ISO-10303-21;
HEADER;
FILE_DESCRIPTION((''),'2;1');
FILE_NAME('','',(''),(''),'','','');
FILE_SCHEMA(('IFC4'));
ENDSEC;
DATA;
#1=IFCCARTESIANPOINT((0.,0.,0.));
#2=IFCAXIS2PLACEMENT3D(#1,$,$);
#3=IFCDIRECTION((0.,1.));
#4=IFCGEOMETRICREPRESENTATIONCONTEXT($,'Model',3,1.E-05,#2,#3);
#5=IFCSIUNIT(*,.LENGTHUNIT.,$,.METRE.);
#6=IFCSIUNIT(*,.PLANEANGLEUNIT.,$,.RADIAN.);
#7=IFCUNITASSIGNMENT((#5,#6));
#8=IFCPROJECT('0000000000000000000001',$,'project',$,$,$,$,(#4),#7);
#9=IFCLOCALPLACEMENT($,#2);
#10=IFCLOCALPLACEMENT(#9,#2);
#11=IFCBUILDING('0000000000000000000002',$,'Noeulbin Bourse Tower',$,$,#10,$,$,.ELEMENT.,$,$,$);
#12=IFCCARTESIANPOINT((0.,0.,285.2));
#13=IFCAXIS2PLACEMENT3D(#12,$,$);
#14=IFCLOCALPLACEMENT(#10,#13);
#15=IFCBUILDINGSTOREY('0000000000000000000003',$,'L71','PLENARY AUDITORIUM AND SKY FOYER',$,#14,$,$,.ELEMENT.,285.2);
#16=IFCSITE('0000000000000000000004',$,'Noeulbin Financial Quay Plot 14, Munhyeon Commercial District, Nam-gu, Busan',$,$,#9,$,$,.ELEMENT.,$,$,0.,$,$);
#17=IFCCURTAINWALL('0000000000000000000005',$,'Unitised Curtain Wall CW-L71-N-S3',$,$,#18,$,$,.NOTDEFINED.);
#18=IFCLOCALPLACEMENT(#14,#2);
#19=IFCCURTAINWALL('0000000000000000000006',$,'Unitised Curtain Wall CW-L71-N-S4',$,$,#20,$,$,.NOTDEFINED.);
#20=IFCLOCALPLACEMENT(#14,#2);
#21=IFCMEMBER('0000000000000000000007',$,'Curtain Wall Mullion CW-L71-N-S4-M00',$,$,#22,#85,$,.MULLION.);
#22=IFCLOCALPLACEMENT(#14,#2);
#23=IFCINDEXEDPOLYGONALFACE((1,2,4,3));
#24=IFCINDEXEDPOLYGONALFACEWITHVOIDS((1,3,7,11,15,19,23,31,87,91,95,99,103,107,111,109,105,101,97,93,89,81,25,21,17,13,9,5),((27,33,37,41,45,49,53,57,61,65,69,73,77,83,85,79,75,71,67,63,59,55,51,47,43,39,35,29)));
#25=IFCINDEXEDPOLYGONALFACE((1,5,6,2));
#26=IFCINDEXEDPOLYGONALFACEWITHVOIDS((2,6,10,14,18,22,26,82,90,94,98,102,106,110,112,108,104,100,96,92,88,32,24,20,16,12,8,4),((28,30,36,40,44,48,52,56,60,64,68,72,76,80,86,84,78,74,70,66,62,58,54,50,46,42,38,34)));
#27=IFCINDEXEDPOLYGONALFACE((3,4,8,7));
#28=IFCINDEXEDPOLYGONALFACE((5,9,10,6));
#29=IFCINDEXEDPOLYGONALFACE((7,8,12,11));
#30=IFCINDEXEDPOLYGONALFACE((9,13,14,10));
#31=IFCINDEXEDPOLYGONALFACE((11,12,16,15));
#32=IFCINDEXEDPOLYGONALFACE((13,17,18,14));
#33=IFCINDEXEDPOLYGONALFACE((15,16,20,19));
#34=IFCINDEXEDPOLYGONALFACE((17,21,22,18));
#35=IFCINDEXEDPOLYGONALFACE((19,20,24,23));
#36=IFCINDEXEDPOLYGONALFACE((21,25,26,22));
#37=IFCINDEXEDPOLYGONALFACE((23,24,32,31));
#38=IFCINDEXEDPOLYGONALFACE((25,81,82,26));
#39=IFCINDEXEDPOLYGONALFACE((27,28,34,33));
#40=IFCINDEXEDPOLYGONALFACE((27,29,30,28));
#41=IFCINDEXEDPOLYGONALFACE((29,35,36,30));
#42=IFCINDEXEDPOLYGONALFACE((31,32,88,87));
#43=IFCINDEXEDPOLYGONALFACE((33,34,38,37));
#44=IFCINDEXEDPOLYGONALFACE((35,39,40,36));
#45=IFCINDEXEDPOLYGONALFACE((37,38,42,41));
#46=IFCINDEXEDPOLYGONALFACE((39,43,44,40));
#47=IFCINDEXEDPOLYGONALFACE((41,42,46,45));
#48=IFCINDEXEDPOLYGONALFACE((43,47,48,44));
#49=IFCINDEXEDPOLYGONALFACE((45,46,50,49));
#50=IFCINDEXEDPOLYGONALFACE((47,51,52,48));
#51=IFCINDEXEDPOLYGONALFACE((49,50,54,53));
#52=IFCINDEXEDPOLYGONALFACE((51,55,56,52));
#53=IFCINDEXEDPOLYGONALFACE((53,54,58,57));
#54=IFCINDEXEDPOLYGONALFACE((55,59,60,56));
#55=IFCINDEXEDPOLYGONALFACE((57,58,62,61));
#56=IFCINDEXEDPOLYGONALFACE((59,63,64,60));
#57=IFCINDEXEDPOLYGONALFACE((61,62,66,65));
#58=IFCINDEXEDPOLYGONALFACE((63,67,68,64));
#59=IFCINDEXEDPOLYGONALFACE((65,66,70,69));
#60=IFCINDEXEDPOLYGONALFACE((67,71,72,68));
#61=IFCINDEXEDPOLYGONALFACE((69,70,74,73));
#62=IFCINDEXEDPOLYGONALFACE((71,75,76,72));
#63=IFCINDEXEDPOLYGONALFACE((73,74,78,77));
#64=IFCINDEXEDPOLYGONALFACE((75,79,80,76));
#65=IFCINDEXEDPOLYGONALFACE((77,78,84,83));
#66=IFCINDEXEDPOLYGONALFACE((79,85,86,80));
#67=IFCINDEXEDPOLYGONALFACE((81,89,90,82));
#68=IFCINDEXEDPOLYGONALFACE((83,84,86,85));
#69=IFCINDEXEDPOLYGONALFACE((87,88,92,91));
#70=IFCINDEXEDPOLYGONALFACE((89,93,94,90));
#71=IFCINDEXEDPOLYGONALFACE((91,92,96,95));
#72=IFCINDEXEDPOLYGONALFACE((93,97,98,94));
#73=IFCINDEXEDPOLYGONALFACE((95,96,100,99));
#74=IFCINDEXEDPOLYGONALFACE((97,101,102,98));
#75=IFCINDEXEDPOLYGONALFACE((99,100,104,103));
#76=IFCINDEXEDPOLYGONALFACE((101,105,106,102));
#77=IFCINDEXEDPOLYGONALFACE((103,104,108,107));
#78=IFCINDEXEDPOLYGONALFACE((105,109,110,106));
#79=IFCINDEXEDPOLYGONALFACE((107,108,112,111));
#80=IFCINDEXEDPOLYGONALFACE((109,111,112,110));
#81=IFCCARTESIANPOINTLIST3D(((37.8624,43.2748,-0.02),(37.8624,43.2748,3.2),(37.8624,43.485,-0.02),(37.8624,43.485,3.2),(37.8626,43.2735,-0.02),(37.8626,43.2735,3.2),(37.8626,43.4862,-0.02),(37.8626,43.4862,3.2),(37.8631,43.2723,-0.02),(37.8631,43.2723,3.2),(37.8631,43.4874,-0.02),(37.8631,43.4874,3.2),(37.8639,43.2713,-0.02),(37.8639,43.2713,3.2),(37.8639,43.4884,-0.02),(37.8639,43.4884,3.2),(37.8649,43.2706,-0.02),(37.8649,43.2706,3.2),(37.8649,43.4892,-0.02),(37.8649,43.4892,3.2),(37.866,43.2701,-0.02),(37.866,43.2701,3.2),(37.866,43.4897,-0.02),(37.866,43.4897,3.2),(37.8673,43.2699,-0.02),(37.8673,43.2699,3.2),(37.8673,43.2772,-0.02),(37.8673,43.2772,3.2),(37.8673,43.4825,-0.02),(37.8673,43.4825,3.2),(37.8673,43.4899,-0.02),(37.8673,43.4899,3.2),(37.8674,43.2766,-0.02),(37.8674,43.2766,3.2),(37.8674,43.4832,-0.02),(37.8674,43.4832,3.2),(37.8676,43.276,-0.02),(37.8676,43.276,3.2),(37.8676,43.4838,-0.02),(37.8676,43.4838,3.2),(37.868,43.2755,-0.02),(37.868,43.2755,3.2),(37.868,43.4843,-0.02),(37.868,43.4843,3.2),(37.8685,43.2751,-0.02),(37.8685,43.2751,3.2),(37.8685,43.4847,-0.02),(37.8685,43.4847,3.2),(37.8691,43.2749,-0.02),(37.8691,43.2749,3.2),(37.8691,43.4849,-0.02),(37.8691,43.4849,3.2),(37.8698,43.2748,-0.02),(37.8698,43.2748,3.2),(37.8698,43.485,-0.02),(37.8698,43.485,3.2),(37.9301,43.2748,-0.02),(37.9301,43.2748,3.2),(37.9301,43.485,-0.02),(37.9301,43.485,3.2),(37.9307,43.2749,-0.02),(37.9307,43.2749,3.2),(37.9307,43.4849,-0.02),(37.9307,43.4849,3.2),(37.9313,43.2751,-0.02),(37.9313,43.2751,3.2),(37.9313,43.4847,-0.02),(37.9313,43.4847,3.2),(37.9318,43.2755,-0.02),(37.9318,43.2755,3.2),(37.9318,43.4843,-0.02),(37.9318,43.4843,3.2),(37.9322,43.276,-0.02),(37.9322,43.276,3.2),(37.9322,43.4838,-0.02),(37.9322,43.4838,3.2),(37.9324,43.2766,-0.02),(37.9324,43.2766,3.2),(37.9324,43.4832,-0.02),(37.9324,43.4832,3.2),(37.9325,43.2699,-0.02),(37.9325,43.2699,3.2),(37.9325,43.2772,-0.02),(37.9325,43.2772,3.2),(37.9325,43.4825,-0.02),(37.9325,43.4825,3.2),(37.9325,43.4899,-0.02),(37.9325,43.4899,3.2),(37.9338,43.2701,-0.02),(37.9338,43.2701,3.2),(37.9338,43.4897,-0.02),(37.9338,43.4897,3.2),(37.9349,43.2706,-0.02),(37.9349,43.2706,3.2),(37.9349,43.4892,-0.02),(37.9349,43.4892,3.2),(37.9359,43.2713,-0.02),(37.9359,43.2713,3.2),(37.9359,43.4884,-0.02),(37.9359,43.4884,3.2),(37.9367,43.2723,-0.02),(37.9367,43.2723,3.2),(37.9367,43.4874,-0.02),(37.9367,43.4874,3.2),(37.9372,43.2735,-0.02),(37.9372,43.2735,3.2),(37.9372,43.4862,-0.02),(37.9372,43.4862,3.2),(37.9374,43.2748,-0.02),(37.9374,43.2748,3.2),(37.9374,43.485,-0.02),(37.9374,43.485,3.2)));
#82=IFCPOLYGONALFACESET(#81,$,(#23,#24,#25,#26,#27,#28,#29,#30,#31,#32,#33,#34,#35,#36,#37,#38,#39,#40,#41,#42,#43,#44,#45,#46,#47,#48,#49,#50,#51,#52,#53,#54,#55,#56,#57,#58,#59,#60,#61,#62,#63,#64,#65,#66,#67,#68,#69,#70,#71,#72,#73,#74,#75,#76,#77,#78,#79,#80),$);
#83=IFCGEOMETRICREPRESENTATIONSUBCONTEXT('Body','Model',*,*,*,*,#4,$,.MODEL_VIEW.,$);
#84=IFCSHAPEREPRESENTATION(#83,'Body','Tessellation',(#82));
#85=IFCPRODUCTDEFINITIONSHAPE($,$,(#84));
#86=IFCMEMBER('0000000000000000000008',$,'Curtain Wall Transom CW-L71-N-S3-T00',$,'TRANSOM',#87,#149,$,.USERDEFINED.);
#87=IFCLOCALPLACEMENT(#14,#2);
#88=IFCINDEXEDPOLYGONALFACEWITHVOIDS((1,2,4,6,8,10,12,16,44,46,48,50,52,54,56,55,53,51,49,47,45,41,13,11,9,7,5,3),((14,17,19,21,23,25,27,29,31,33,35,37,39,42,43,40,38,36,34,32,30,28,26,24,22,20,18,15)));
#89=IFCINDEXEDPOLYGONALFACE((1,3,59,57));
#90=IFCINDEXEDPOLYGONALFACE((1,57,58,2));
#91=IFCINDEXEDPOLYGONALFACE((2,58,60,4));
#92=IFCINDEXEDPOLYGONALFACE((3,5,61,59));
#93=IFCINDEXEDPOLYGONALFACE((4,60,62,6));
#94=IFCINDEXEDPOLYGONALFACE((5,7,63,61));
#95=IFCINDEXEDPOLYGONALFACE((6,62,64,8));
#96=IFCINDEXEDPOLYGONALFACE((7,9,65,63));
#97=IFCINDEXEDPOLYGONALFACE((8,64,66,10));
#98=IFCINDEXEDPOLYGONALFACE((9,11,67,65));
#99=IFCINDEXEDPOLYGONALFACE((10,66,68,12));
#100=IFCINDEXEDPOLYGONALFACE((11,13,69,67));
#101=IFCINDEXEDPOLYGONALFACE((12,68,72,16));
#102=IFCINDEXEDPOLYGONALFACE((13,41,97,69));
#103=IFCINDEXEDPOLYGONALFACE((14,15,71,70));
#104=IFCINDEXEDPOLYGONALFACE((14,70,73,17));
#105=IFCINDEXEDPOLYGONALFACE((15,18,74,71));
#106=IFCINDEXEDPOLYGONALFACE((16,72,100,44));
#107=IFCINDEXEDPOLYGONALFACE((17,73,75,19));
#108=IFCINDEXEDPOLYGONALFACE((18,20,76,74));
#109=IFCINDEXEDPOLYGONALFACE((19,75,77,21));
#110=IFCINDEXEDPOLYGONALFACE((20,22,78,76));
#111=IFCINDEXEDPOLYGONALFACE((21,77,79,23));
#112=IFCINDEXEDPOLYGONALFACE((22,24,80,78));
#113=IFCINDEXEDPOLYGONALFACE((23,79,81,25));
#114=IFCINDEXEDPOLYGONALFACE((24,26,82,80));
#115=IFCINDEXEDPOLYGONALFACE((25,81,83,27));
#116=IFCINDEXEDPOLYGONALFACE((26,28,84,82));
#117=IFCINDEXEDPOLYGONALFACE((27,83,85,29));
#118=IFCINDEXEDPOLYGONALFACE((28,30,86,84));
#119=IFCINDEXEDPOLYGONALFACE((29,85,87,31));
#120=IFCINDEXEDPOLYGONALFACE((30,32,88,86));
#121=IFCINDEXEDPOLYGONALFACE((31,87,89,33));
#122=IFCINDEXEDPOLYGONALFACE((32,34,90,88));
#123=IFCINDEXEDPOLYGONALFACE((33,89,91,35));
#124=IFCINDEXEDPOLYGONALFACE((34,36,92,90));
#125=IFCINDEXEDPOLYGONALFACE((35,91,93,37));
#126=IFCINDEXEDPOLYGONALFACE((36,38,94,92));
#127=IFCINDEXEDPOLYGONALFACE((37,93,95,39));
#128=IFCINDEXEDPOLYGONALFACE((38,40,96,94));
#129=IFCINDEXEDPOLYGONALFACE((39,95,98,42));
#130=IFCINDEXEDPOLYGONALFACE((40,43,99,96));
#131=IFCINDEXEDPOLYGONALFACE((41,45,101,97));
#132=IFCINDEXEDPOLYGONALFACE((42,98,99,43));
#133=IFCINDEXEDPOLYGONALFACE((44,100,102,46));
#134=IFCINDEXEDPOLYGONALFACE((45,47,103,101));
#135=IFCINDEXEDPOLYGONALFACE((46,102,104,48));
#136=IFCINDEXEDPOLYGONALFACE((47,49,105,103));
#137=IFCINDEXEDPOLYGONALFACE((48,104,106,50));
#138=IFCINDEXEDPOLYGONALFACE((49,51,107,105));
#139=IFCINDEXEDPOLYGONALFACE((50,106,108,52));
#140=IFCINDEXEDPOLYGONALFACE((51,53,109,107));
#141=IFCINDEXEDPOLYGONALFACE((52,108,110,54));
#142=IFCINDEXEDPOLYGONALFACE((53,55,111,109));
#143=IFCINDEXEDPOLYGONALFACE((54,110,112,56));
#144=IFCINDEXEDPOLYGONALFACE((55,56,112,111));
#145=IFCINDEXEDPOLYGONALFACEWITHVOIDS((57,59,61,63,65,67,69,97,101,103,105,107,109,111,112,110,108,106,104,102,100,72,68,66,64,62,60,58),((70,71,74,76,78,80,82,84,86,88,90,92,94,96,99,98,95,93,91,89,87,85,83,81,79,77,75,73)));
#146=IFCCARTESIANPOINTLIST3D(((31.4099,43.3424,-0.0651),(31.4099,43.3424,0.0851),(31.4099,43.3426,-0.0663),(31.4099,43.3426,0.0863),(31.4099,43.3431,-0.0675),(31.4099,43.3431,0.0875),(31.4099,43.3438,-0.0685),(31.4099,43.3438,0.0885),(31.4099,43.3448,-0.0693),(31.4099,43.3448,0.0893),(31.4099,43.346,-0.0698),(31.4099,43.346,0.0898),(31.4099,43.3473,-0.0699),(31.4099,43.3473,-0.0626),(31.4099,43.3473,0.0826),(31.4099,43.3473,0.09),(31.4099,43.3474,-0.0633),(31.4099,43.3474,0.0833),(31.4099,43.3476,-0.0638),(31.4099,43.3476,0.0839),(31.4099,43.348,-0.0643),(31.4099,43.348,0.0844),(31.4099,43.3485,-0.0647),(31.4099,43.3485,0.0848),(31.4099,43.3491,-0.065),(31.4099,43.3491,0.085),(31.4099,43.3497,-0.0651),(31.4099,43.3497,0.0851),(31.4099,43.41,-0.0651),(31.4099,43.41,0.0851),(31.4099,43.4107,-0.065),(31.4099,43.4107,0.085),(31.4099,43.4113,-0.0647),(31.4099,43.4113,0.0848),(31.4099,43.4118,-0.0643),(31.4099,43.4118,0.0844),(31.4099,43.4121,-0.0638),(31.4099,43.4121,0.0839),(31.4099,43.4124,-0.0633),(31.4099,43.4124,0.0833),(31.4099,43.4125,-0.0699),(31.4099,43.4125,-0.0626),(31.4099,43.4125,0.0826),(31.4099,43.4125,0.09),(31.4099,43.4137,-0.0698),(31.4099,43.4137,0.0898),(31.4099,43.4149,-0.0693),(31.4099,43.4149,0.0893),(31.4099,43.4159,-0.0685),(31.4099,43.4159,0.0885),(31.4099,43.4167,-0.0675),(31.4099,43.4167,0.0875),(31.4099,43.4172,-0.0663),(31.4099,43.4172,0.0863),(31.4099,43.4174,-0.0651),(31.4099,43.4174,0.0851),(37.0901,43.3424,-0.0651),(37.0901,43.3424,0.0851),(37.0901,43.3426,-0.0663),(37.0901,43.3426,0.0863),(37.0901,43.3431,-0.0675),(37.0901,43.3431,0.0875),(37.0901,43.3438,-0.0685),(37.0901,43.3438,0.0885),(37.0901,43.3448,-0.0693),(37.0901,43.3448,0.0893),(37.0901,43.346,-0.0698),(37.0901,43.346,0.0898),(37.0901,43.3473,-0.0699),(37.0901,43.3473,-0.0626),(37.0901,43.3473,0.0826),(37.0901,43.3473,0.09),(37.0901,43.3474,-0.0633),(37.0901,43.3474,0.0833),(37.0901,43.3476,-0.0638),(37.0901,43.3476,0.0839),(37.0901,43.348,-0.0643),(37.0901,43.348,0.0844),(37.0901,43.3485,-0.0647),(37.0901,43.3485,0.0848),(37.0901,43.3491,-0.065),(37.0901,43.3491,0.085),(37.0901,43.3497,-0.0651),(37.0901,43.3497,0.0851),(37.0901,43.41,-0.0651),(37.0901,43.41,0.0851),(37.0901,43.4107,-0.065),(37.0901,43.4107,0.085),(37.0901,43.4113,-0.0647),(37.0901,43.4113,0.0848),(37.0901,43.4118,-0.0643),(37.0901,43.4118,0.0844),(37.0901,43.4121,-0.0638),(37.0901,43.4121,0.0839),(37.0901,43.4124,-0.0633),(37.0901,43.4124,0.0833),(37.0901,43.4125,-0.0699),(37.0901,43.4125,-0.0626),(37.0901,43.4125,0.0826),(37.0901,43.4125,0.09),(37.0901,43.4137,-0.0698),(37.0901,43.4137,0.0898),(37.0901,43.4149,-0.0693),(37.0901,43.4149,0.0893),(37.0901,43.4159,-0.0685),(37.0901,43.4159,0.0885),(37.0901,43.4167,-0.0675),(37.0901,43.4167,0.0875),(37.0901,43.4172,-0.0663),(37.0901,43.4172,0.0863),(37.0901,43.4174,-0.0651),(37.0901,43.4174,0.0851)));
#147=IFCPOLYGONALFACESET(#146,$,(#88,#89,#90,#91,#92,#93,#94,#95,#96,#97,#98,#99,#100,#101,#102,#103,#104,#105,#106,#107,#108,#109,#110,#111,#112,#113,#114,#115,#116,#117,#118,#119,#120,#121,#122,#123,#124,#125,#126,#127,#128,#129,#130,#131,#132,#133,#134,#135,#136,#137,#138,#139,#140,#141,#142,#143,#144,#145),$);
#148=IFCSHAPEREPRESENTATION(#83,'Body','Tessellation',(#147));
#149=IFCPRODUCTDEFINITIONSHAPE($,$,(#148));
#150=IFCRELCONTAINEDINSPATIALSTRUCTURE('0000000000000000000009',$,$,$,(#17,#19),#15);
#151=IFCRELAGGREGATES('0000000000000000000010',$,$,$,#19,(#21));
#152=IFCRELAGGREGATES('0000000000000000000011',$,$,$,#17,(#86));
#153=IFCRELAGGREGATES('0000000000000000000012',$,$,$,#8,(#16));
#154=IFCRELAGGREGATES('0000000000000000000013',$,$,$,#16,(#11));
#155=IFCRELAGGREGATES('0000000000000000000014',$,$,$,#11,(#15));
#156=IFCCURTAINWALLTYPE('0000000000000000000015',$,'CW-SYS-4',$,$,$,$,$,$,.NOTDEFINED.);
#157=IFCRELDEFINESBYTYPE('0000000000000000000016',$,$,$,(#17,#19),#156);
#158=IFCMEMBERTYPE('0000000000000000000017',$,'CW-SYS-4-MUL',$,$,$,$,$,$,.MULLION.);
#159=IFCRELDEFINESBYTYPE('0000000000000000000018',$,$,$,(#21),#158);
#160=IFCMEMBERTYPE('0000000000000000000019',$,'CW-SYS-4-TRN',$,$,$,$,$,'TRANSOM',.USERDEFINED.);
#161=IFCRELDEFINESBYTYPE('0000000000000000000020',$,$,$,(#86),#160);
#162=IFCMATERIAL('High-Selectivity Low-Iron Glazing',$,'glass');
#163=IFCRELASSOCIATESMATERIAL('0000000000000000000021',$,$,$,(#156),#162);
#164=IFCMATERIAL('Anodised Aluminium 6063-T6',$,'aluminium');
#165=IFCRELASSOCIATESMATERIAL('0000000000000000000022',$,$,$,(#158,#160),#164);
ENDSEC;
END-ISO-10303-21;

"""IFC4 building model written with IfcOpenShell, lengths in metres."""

from ifc_helpers import new_model, si_unit, direction, frame, origin, origin_2d, place, context, subcontext, project, spatial, hollow_rectangle, extrude, material, material_profile, profile_set, type_object, element, aggregate, save


model = new_model("IFC4")

# Units and contexts
model_context = context("Model", 3, precision=1e-05, world=origin(), true_north=direction((0.0, 1.0)))
body_context = subcontext(model_context, "Body", "Model", "MODEL_VIEW")
ifc_project = project(units=[si_unit("LENGTHUNIT", "METRE"), si_unit("PLANEANGLEUNIT", "RADIAN")], contexts=[model_context])

# Site, building, storey
site_placement = place(None, origin())
site = spatial("IfcSite", under=ifc_project, at=site_placement, Name="Noeulbin Financial Quay Plot 14, Munhyeon Commercial District, Nam-gu, Busan", CompositionType="ELEMENT", RefElevation=0.0)
building_placement = place(site_placement, origin())
building = spatial("IfcBuilding", under=site, at=building_placement, Name="Noeulbin Bourse Tower", CompositionType="ELEMENT")
storey_placement = place(building_placement, frame((0.0, 0.0, 285.2)))
storey = spatial("IfcBuildingStorey", under=building, at=storey_placement, Name="L71", Description="PLENARY AUDITORIUM AND SKY FOYER", CompositionType="ELEMENT", Elevation=285.2)

# Curtain wall
ifc_material_1 = material(Name="High-Selectivity Low-Iron Glazing", Category="glass")
curtain_wall_type = type_object("IfcCurtainWallType", Name="CW-SYS-4", PredefinedType="NOTDEFINED", material=ifc_material_1)
curtain_wall_1_placement = place(storey_placement, origin())
curtain_wall_1 = element("IfcCurtainWall", 1, at=curtain_wall_1_placement, inside=storey, type_object=curtain_wall_type, Name="Unitised Curtain Wall CW-L71-N-S3", PredefinedType="NOTDEFINED")
ifc_material_2 = material(Name="Anodised Aluminium 6063-T6", Category="aluminium")
ifc_material_profile_1 = material_profile(ifc_material_2, hollow_rectangle(XDim=0.075, YDim=0.22, WallThickness=0.0049, InnerFilletRadius=0.0024, OuterFilletRadius=0.0049, at=origin_2d()), Name="ALU-MULL-75x220x5", Category="LoadBearing")
ifc_profile_set_1 = profile_set([ifc_material_profile_1], Name="Anodised Aluminium 6063-T6")
member_type_1 = type_object("IfcMemberType", Name="CW-SYS-4-MUL", PredefinedType="MULLION", material=ifc_profile_set_1)

# Curtain wall, member
curtain_wall_2_placement = place(storey_placement, origin())
curtain_wall_2 = element("IfcCurtainWall", 2, at=curtain_wall_2_placement, inside=storey, type_object=curtain_wall_type, Name="Unitised Curtain Wall CW-L71-N-S4", PredefinedType="NOTDEFINED")
member_1_placement = place(storey_placement, frame((37.8999, 43.3799, -0.02), z_axis=(0.0, 0.0, 1.0), x_axis=(1.0, 0.0, 0.0)))
member_1 = element("IfcMember", 3, at=member_1_placement, type_object=member_type_1, Name="Curtain Wall Mullion CW-L71-N-S4-M00", PredefinedType="MULLION", context=body_context, shape_type="SweptSolid", body=[
    extrude(hollow_rectangle(XDim=0.075, YDim=0.22, WallThickness=0.0049, InnerFilletRadius=0.0024, OuterFilletRadius=0.0049, at=origin_2d()), origin(), (0.0, 0.0, 1.0), 3.22),
])

# Member
ifc_material_profile_2 = material_profile(ifc_material_2, hollow_rectangle(XDim=0.075, YDim=0.1599, WallThickness=0.0049, InnerFilletRadius=0.0024, OuterFilletRadius=0.0049, at=origin_2d()), Name="ALU-TRAN-75x160x5", Category="LoadBearing")
ifc_profile_set_2 = profile_set([ifc_material_profile_2], Name="Anodised Aluminium 6063-T6")
member_type_2 = type_object("IfcMemberType", Name="CW-SYS-4-TRN", ElementType="TRANSOM", PredefinedType="USERDEFINED", material=ifc_profile_set_2)
member_2_placement = place(storey_placement, frame((31.4099, 43.3799, 0.01), z_axis=(1.0, 0.0, 0.0), x_axis=(0.0, 1.0, 0.0)))
member_2 = element("IfcMember", 4, at=member_2_placement, type_object=member_type_2, Name="Curtain Wall Transom CW-L71-N-S3-T00", ObjectType="TRANSOM", PredefinedType="USERDEFINED", context=body_context, shape_type="SweptSolid", body=[
    extrude(hollow_rectangle(XDim=0.075, YDim=0.1599, WallThickness=0.0049, InnerFilletRadius=0.0024, OuterFilletRadius=0.0049, at=origin_2d()), origin(), (0.0, 0.0, 1.0), 5.6802),
])
aggregate(curtain_wall_2, [member_1])

aggregate(curtain_wall_1, [member_2])

save(model, "model.ifc")
